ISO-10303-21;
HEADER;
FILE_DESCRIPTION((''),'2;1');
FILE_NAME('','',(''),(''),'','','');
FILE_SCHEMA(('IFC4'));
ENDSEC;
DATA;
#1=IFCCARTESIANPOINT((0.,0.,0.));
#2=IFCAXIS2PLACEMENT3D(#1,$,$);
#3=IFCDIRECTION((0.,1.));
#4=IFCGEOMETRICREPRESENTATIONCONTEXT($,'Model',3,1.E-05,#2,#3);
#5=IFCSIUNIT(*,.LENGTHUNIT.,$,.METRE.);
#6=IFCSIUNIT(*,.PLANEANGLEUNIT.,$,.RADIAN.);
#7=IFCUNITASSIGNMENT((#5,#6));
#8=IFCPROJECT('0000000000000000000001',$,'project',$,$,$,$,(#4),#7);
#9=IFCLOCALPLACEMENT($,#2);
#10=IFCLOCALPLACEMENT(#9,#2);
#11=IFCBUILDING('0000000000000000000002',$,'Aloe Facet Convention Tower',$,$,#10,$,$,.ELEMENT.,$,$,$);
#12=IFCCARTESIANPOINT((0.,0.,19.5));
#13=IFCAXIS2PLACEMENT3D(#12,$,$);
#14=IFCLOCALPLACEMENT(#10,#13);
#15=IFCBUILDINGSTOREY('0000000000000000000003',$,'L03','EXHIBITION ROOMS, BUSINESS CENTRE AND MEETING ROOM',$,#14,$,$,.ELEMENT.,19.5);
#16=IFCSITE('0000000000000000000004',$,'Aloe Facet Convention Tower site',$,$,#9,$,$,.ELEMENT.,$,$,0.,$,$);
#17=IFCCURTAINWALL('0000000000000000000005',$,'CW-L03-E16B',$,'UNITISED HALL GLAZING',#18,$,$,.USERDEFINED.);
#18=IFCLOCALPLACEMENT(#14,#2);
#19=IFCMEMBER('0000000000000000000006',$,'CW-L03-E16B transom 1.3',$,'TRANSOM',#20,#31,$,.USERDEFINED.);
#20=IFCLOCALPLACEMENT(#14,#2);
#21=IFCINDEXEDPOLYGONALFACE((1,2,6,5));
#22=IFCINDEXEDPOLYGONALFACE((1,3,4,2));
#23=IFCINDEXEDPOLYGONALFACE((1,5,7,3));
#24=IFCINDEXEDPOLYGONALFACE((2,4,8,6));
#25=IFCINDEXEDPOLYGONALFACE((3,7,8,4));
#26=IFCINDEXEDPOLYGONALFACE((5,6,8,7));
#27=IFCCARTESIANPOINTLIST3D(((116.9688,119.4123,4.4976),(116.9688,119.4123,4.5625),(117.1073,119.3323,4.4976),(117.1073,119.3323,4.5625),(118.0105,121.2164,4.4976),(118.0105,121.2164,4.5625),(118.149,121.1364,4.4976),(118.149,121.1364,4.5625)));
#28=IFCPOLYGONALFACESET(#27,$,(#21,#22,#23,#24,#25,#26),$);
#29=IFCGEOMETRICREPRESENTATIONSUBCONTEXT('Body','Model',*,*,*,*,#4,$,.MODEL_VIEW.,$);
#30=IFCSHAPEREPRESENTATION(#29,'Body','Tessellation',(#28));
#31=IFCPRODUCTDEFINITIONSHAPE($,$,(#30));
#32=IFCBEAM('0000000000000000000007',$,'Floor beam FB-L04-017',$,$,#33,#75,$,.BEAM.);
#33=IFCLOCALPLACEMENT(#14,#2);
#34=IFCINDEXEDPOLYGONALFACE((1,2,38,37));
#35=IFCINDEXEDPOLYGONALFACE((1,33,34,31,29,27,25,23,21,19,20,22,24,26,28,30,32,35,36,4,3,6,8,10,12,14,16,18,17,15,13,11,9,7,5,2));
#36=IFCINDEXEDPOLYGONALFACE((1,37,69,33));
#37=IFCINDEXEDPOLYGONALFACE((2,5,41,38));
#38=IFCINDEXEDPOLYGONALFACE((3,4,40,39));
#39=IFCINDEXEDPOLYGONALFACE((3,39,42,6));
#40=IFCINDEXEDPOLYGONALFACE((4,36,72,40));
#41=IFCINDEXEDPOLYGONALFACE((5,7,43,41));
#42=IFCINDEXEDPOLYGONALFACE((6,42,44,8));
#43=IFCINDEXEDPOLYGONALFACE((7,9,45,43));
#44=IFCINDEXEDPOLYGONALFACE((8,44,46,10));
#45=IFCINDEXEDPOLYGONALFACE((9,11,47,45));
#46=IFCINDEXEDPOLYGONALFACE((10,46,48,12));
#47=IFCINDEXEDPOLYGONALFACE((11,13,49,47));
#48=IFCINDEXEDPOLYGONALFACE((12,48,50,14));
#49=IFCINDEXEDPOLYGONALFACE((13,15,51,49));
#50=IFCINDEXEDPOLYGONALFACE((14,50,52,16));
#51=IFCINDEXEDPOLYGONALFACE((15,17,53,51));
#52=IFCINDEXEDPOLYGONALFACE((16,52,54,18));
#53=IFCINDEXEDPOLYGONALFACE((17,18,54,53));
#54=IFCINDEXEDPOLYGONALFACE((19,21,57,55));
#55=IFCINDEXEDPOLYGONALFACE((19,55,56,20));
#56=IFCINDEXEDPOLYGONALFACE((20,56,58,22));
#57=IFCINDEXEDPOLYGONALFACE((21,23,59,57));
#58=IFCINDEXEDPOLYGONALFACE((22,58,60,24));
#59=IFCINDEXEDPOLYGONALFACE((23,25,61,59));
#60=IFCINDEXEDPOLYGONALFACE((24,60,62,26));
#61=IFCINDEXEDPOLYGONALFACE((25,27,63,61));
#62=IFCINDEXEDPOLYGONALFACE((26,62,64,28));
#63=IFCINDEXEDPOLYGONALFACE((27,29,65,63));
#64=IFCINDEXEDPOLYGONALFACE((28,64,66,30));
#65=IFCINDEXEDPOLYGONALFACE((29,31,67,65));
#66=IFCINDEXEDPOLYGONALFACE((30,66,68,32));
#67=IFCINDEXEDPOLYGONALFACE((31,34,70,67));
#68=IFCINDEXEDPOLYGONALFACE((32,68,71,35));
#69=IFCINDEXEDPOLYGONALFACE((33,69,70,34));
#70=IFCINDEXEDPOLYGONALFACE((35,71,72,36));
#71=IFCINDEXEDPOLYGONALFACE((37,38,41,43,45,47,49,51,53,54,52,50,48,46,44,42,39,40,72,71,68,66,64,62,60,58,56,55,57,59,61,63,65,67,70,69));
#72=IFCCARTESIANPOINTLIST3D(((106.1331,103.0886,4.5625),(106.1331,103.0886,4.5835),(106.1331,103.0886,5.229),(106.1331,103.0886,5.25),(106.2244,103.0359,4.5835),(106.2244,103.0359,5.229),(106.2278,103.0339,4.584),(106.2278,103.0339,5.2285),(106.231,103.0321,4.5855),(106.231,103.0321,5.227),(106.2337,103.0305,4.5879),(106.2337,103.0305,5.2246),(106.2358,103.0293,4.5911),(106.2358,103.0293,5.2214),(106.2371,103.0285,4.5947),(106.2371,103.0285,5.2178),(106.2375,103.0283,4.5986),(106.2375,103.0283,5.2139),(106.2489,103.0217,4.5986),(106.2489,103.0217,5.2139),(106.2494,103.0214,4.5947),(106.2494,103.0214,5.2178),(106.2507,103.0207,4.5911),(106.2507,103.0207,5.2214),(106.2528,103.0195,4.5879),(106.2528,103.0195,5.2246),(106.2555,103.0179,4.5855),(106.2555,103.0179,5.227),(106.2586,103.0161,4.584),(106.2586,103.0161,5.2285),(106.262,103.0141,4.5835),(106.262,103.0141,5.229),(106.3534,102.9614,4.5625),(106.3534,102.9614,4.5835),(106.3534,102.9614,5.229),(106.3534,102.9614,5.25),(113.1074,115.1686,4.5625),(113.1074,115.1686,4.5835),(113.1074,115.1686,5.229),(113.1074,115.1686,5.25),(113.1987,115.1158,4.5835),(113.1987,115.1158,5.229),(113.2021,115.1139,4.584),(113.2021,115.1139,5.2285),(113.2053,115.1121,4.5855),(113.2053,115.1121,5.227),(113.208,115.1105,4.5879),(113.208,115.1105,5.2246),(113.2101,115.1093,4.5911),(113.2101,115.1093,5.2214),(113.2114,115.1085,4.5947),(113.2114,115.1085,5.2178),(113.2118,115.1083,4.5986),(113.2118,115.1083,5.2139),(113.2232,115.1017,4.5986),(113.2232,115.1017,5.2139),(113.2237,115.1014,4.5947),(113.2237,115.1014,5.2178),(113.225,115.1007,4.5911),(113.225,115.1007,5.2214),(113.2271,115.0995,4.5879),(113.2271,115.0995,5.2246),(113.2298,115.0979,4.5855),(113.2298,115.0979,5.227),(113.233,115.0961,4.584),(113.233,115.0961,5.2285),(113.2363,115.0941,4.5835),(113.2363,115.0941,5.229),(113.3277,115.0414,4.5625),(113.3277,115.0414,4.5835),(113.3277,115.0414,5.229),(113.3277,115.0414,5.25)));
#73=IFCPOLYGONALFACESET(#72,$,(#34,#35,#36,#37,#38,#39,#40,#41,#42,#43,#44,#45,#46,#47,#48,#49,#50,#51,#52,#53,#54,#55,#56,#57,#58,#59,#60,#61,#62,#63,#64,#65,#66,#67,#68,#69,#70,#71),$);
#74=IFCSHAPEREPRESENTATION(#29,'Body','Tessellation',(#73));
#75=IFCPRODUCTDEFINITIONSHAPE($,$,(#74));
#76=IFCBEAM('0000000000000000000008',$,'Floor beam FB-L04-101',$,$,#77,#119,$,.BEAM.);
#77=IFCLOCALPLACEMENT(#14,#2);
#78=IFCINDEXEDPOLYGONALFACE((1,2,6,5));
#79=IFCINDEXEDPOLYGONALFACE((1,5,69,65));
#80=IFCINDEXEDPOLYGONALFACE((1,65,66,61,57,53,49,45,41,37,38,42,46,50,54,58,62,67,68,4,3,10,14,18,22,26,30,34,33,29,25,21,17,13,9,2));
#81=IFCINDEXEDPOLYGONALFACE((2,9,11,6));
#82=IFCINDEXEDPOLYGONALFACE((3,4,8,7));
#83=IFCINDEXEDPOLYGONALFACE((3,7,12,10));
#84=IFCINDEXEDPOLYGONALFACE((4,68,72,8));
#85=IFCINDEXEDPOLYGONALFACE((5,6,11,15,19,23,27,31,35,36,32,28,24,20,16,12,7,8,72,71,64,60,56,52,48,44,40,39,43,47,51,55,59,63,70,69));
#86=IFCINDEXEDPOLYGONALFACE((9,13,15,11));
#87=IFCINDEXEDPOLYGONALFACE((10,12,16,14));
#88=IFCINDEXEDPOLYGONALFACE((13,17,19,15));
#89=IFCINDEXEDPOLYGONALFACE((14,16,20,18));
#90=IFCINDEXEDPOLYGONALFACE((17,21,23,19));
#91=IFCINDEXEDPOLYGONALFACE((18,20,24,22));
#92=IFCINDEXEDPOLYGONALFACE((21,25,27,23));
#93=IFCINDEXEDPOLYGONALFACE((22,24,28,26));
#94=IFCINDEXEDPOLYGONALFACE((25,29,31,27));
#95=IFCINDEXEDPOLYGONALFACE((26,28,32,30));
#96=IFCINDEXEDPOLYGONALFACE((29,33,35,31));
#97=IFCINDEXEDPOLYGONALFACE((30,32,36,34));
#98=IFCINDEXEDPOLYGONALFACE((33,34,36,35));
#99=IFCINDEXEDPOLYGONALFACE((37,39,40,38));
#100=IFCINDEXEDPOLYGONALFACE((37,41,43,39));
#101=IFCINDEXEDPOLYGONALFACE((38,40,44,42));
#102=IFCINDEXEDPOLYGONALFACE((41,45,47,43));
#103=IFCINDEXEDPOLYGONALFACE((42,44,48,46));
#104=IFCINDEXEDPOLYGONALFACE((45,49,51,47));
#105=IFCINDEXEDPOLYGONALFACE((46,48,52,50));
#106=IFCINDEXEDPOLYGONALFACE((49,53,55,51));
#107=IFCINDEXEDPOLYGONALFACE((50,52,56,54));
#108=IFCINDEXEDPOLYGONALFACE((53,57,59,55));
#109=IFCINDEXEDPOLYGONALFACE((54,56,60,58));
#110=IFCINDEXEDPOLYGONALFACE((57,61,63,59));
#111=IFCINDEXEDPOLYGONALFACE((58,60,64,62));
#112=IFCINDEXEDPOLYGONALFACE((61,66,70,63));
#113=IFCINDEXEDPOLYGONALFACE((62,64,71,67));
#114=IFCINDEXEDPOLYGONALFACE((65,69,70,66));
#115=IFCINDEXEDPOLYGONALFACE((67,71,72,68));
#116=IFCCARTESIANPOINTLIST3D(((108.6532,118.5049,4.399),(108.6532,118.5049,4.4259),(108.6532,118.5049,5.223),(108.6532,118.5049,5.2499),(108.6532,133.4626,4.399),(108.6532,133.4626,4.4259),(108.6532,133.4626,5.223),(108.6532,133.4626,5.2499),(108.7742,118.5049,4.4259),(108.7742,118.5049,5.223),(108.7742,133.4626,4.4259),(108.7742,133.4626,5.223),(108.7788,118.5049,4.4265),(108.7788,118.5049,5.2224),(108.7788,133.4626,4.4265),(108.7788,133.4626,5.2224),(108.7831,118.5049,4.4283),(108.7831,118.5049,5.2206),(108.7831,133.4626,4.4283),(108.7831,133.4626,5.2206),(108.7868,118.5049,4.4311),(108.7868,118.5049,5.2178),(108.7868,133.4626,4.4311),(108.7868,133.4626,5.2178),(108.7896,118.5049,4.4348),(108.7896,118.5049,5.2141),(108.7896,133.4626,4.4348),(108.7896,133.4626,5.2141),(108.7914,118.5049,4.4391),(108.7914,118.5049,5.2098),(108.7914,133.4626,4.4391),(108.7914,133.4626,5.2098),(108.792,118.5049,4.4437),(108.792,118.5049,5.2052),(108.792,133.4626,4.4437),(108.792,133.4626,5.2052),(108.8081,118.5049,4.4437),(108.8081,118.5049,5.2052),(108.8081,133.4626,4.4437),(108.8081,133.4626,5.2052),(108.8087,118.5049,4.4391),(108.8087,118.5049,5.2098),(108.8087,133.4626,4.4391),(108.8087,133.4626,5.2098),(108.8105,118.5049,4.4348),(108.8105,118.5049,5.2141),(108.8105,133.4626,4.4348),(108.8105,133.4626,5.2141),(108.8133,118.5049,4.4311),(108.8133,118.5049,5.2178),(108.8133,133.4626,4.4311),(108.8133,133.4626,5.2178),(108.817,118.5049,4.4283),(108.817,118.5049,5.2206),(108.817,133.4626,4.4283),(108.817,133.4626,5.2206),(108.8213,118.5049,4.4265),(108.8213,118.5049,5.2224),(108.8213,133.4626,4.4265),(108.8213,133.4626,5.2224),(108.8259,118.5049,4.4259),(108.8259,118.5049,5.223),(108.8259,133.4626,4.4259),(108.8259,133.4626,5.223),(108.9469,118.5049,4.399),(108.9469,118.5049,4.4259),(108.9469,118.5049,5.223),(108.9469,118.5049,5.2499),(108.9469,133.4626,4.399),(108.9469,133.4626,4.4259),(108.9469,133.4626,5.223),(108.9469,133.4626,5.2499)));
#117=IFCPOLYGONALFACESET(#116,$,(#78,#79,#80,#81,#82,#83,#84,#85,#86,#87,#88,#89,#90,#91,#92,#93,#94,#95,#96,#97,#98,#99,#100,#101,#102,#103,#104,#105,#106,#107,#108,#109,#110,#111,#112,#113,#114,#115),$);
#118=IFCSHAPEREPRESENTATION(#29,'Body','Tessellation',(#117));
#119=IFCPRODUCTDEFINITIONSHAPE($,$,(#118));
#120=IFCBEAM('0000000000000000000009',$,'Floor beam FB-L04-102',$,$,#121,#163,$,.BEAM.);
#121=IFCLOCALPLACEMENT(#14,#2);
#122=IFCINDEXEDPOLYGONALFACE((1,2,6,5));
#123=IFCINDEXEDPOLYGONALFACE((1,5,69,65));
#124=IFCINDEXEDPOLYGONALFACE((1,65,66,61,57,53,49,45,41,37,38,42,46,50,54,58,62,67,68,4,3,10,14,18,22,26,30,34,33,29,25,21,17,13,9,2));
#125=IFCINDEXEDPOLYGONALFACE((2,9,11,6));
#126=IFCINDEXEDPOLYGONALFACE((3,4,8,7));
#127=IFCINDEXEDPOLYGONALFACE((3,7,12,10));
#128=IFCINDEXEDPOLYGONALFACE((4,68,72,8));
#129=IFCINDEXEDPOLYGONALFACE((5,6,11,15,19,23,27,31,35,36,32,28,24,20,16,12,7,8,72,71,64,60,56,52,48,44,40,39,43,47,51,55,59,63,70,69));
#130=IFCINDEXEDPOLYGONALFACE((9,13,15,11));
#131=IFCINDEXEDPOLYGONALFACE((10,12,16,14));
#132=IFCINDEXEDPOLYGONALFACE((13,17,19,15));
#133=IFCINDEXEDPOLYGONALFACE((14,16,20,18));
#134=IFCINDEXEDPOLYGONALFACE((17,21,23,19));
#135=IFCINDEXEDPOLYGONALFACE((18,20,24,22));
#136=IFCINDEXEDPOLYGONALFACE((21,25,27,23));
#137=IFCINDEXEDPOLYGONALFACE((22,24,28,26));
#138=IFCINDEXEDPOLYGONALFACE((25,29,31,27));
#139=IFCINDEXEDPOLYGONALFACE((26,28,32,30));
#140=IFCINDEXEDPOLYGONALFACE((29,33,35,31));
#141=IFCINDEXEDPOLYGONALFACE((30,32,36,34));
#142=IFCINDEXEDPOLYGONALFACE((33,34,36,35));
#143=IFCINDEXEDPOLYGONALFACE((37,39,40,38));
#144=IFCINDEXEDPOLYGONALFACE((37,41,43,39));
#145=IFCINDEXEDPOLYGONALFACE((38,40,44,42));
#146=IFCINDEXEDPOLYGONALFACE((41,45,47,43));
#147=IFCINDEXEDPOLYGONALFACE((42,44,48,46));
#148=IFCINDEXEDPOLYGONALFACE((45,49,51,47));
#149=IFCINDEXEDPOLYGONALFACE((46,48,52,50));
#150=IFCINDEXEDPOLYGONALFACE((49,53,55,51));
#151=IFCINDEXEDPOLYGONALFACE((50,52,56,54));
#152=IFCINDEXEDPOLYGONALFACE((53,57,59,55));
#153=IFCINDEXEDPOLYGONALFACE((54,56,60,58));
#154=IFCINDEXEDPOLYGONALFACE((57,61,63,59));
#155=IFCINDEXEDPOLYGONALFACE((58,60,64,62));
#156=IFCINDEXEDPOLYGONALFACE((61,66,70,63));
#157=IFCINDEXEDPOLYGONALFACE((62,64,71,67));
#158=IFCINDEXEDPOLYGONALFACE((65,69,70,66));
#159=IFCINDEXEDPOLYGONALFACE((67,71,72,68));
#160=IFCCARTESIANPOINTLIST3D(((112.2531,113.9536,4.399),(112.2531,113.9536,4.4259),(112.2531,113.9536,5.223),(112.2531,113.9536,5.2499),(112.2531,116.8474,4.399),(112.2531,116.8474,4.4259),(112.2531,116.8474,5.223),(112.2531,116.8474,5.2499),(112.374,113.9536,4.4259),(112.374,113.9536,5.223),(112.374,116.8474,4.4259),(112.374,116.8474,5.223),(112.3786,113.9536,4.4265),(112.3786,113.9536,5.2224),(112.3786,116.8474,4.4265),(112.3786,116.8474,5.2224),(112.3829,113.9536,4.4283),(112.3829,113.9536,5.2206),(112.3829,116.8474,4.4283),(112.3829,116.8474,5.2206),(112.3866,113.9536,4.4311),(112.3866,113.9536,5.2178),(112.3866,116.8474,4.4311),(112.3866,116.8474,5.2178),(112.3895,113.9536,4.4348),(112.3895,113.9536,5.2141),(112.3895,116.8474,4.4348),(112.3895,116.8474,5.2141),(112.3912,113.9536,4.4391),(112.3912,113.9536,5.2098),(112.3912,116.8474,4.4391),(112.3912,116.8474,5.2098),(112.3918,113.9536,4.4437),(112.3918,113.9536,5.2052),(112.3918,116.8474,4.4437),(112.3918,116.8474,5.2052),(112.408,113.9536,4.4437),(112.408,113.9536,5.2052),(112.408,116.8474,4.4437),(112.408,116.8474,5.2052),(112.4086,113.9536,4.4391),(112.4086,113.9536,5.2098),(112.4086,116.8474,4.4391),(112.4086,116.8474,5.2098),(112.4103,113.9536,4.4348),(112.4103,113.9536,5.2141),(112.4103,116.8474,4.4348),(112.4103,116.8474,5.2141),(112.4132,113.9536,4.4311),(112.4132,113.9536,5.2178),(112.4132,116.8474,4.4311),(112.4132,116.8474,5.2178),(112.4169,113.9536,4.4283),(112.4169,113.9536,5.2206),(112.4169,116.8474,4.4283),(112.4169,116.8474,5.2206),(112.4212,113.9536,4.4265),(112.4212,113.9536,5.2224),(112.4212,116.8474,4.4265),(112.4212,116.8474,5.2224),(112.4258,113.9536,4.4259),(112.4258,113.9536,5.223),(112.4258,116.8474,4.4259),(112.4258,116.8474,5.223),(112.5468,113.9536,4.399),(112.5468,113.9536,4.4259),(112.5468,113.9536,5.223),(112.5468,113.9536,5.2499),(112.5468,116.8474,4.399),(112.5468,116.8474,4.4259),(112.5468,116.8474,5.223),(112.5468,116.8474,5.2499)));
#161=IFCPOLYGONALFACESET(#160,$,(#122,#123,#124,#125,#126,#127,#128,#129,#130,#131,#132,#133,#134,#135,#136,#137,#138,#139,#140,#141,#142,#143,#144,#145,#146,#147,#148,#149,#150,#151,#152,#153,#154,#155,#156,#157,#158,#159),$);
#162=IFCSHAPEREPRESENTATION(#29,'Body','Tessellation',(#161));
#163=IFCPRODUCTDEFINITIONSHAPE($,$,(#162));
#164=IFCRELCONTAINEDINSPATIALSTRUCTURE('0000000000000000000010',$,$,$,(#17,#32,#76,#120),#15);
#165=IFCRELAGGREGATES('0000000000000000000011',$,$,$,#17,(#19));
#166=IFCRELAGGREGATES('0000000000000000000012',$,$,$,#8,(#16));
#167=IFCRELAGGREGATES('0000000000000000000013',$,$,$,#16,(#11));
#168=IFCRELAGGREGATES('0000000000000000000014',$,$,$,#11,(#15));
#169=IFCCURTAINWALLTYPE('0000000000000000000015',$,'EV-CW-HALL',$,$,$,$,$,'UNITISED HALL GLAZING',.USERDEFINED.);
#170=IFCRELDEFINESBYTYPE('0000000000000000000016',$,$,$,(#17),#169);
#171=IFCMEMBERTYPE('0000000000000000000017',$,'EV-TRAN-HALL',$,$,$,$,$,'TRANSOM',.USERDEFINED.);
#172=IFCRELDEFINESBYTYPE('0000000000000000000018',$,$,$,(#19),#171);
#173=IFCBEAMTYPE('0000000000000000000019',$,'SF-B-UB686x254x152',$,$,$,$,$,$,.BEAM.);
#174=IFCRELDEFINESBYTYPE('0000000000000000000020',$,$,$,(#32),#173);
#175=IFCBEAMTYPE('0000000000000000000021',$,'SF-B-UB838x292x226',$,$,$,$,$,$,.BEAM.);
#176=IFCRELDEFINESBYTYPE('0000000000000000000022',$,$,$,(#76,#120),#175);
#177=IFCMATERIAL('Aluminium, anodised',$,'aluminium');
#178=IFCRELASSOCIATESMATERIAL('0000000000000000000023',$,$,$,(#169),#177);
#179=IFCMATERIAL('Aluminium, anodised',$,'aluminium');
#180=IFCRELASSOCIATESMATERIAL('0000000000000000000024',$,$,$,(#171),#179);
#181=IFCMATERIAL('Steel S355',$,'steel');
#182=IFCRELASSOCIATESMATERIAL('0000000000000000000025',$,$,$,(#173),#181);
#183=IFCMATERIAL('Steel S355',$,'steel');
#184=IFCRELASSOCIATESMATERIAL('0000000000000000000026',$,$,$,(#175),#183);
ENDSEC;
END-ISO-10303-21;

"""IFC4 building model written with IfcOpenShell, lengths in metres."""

from ifc_helpers import new_model, si_unit, direction, frame, origin, origin_2d, place, context, subcontext, project, spatial, rectangle, i_section, extrude, material, material_profile, profile_set, type_object, element, aggregate, save


model = new_model("IFC4")

# Units and contexts
model_context = context("Model", 3, precision=1e-05, world=origin(), true_north=direction((0.0, 1.0)))
body_context = subcontext(model_context, "Body", "Model", "MODEL_VIEW")
ifc_project = project(units=[si_unit("LENGTHUNIT", "METRE"), si_unit("PLANEANGLEUNIT", "RADIAN")], contexts=[model_context])

# Site, building, storey
site_placement = place(None, origin())
site = spatial("IfcSite", under=ifc_project, at=site_placement, Name="Aloe Facet Convention Tower site", CompositionType="ELEMENT", RefElevation=0.0)
building_placement = place(site_placement, origin())
building = spatial("IfcBuilding", under=site, at=building_placement, Name="Aloe Facet Convention Tower", CompositionType="ELEMENT")
storey_placement = place(building_placement, frame((0.0, 0.0, 19.5)))
storey = spatial("IfcBuildingStorey", under=building, at=storey_placement, Name="L03", Description="EXHIBITION ROOMS, BUSINESS CENTRE AND MEETING ROOM", CompositionType="ELEMENT", Elevation=19.5)

# Shared definitions
ifc_material_1 = material(Name="Aluminium, anodised", Category="aluminium")
curtain_wall_type = type_object("IfcCurtainWallType", Name="EV-CW-HALL", ElementType="UNITISED HALL GLAZING", PredefinedType="USERDEFINED", material=ifc_material_1)

# Curtain wall
curtain_wall_1_placement = place(storey_placement, origin())
curtain_wall_1 = element("IfcCurtainWall", 1, at=curtain_wall_1_placement, inside=storey, type_object=curtain_wall_type, Name="CW-L03-E16B", ObjectType="UNITISED HALL GLAZING", PredefinedType="USERDEFINED")

# Member
ifc_material_2 = material(Name="Aluminium, anodised", Category="aluminium")
ifc_material_profile_1 = material_profile(ifc_material_2, rectangle(XDim=0.1599, YDim=0.0649, at=origin_2d()), Name="AL 160x65")
ifc_profile_set_1 = profile_set([ifc_material_profile_1], Name="Aluminium, anodised")
member_type_1 = type_object("IfcMemberType", Name="EV-TRAN-HALL", ElementType="TRANSOM", PredefinedType="USERDEFINED", material=ifc_profile_set_1)
member_1_placement = place(storey_placement, frame((117.0381, 119.3723, 4.53), z_axis=(0.500034, 0.866006, 0.0), x_axis=(-0.866006, 0.500034, 0.0)))
member_1 = element("IfcMember", 2, at=member_1_placement, type_object=member_type_1, Name="CW-L03-E16B transom 1.3", ObjectType="TRANSOM", PredefinedType="USERDEFINED", context=body_context, shape_type="SweptSolid", body=[
    extrude(rectangle(XDim=0.1599, YDim=0.0649, at=origin_2d()), origin(), (0.0, 0.0, 1.0), 2.0833),
])
aggregate(curtain_wall_1, [member_1])

# Beams
ifc_material_3 = material(Name="Steel S355", Category="steel")
ifc_material_profile_2 = material_profile(ifc_material_3, i_section(OverallWidth=0.2544, OverallDepth=0.6875, WebThickness=0.0132, FlangeThickness=0.021, FilletRadius=0.0151, at=origin_2d()), Name="UB 686x254x152")
ifc_profile_set_2 = profile_set([ifc_material_profile_2], Name="Steel S355")
beam_type_1 = type_object("IfcBeamType", Name="SF-B-UB686x254x152", PredefinedType="BEAM", material=ifc_profile_set_2)
beam_1_placement = place(storey_placement, frame((113.2175, 115.105, 4.9062), z_axis=(-0.499996, -0.866028, 0.0), x_axis=(0.866028, -0.499996, 0.0)))
element("IfcBeam", 3, at=beam_1_placement, inside=storey, type_object=beam_type_1, Name="Floor beam FB-L04-017", PredefinedType="BEAM", context=body_context, shape_type="SweptSolid", body=[
    extrude(i_section(OverallWidth=0.2544, OverallDepth=0.6875, WebThickness=0.0132, FlangeThickness=0.021, FilletRadius=0.0151, at=origin_2d()), origin(), (0.0, 0.0, 1.0), 13.9487),
])
ifc_material_4 = material(Name="Steel S355", Category="steel")
ifc_material_profile_3 = material_profile(ifc_material_4, i_section(OverallWidth=0.2937, OverallDepth=0.8508, WebThickness=0.0161, FlangeThickness=0.0269, FilletRadius=0.0178, at=origin_2d()), Name="UB 838x292x226")
ifc_profile_set_3 = profile_set([ifc_material_profile_3], Name="Steel S355")
beam_type_2 = type_object("IfcBeamType", Name="SF-B-UB838x292x226", PredefinedType="BEAM", material=ifc_profile_set_3)
beam_2_placement = place(storey_placement, frame((108.8, 118.5049, 4.8245), z_axis=(0.0, 1.0, 0.0), x_axis=(-1.0, 0.0, 0.0)))
element("IfcBeam", 4, at=beam_2_placement, inside=storey, type_object=beam_type_2, Name="Floor beam FB-L04-101", PredefinedType="BEAM", context=body_context, shape_type="SweptSolid", body=[
    extrude(i_section(OverallWidth=0.2937, OverallDepth=0.8508, WebThickness=0.0161, FlangeThickness=0.0269, FilletRadius=0.0178, at=origin_2d()), origin(), (0.0, 0.0, 1.0), 14.9578),
])
beam_3_placement = place(storey_placement, frame((112.3999, 113.9536, 4.8245), z_axis=(0.0, 1.0, 0.0), x_axis=(-1.0, 0.0, 0.0)))
element("IfcBeam", 5, at=beam_3_placement, inside=storey, type_object=beam_type_2, Name="Floor beam FB-L04-102", PredefinedType="BEAM", context=body_context, shape_type="SweptSolid", body=[
    extrude(i_section(OverallWidth=0.2937, OverallDepth=0.8508, WebThickness=0.0161, FlangeThickness=0.0269, FilletRadius=0.0178, at=origin_2d()), origin(), (0.0, 0.0, 1.0), 2.8938),
])

save(model, "model.ifc")
